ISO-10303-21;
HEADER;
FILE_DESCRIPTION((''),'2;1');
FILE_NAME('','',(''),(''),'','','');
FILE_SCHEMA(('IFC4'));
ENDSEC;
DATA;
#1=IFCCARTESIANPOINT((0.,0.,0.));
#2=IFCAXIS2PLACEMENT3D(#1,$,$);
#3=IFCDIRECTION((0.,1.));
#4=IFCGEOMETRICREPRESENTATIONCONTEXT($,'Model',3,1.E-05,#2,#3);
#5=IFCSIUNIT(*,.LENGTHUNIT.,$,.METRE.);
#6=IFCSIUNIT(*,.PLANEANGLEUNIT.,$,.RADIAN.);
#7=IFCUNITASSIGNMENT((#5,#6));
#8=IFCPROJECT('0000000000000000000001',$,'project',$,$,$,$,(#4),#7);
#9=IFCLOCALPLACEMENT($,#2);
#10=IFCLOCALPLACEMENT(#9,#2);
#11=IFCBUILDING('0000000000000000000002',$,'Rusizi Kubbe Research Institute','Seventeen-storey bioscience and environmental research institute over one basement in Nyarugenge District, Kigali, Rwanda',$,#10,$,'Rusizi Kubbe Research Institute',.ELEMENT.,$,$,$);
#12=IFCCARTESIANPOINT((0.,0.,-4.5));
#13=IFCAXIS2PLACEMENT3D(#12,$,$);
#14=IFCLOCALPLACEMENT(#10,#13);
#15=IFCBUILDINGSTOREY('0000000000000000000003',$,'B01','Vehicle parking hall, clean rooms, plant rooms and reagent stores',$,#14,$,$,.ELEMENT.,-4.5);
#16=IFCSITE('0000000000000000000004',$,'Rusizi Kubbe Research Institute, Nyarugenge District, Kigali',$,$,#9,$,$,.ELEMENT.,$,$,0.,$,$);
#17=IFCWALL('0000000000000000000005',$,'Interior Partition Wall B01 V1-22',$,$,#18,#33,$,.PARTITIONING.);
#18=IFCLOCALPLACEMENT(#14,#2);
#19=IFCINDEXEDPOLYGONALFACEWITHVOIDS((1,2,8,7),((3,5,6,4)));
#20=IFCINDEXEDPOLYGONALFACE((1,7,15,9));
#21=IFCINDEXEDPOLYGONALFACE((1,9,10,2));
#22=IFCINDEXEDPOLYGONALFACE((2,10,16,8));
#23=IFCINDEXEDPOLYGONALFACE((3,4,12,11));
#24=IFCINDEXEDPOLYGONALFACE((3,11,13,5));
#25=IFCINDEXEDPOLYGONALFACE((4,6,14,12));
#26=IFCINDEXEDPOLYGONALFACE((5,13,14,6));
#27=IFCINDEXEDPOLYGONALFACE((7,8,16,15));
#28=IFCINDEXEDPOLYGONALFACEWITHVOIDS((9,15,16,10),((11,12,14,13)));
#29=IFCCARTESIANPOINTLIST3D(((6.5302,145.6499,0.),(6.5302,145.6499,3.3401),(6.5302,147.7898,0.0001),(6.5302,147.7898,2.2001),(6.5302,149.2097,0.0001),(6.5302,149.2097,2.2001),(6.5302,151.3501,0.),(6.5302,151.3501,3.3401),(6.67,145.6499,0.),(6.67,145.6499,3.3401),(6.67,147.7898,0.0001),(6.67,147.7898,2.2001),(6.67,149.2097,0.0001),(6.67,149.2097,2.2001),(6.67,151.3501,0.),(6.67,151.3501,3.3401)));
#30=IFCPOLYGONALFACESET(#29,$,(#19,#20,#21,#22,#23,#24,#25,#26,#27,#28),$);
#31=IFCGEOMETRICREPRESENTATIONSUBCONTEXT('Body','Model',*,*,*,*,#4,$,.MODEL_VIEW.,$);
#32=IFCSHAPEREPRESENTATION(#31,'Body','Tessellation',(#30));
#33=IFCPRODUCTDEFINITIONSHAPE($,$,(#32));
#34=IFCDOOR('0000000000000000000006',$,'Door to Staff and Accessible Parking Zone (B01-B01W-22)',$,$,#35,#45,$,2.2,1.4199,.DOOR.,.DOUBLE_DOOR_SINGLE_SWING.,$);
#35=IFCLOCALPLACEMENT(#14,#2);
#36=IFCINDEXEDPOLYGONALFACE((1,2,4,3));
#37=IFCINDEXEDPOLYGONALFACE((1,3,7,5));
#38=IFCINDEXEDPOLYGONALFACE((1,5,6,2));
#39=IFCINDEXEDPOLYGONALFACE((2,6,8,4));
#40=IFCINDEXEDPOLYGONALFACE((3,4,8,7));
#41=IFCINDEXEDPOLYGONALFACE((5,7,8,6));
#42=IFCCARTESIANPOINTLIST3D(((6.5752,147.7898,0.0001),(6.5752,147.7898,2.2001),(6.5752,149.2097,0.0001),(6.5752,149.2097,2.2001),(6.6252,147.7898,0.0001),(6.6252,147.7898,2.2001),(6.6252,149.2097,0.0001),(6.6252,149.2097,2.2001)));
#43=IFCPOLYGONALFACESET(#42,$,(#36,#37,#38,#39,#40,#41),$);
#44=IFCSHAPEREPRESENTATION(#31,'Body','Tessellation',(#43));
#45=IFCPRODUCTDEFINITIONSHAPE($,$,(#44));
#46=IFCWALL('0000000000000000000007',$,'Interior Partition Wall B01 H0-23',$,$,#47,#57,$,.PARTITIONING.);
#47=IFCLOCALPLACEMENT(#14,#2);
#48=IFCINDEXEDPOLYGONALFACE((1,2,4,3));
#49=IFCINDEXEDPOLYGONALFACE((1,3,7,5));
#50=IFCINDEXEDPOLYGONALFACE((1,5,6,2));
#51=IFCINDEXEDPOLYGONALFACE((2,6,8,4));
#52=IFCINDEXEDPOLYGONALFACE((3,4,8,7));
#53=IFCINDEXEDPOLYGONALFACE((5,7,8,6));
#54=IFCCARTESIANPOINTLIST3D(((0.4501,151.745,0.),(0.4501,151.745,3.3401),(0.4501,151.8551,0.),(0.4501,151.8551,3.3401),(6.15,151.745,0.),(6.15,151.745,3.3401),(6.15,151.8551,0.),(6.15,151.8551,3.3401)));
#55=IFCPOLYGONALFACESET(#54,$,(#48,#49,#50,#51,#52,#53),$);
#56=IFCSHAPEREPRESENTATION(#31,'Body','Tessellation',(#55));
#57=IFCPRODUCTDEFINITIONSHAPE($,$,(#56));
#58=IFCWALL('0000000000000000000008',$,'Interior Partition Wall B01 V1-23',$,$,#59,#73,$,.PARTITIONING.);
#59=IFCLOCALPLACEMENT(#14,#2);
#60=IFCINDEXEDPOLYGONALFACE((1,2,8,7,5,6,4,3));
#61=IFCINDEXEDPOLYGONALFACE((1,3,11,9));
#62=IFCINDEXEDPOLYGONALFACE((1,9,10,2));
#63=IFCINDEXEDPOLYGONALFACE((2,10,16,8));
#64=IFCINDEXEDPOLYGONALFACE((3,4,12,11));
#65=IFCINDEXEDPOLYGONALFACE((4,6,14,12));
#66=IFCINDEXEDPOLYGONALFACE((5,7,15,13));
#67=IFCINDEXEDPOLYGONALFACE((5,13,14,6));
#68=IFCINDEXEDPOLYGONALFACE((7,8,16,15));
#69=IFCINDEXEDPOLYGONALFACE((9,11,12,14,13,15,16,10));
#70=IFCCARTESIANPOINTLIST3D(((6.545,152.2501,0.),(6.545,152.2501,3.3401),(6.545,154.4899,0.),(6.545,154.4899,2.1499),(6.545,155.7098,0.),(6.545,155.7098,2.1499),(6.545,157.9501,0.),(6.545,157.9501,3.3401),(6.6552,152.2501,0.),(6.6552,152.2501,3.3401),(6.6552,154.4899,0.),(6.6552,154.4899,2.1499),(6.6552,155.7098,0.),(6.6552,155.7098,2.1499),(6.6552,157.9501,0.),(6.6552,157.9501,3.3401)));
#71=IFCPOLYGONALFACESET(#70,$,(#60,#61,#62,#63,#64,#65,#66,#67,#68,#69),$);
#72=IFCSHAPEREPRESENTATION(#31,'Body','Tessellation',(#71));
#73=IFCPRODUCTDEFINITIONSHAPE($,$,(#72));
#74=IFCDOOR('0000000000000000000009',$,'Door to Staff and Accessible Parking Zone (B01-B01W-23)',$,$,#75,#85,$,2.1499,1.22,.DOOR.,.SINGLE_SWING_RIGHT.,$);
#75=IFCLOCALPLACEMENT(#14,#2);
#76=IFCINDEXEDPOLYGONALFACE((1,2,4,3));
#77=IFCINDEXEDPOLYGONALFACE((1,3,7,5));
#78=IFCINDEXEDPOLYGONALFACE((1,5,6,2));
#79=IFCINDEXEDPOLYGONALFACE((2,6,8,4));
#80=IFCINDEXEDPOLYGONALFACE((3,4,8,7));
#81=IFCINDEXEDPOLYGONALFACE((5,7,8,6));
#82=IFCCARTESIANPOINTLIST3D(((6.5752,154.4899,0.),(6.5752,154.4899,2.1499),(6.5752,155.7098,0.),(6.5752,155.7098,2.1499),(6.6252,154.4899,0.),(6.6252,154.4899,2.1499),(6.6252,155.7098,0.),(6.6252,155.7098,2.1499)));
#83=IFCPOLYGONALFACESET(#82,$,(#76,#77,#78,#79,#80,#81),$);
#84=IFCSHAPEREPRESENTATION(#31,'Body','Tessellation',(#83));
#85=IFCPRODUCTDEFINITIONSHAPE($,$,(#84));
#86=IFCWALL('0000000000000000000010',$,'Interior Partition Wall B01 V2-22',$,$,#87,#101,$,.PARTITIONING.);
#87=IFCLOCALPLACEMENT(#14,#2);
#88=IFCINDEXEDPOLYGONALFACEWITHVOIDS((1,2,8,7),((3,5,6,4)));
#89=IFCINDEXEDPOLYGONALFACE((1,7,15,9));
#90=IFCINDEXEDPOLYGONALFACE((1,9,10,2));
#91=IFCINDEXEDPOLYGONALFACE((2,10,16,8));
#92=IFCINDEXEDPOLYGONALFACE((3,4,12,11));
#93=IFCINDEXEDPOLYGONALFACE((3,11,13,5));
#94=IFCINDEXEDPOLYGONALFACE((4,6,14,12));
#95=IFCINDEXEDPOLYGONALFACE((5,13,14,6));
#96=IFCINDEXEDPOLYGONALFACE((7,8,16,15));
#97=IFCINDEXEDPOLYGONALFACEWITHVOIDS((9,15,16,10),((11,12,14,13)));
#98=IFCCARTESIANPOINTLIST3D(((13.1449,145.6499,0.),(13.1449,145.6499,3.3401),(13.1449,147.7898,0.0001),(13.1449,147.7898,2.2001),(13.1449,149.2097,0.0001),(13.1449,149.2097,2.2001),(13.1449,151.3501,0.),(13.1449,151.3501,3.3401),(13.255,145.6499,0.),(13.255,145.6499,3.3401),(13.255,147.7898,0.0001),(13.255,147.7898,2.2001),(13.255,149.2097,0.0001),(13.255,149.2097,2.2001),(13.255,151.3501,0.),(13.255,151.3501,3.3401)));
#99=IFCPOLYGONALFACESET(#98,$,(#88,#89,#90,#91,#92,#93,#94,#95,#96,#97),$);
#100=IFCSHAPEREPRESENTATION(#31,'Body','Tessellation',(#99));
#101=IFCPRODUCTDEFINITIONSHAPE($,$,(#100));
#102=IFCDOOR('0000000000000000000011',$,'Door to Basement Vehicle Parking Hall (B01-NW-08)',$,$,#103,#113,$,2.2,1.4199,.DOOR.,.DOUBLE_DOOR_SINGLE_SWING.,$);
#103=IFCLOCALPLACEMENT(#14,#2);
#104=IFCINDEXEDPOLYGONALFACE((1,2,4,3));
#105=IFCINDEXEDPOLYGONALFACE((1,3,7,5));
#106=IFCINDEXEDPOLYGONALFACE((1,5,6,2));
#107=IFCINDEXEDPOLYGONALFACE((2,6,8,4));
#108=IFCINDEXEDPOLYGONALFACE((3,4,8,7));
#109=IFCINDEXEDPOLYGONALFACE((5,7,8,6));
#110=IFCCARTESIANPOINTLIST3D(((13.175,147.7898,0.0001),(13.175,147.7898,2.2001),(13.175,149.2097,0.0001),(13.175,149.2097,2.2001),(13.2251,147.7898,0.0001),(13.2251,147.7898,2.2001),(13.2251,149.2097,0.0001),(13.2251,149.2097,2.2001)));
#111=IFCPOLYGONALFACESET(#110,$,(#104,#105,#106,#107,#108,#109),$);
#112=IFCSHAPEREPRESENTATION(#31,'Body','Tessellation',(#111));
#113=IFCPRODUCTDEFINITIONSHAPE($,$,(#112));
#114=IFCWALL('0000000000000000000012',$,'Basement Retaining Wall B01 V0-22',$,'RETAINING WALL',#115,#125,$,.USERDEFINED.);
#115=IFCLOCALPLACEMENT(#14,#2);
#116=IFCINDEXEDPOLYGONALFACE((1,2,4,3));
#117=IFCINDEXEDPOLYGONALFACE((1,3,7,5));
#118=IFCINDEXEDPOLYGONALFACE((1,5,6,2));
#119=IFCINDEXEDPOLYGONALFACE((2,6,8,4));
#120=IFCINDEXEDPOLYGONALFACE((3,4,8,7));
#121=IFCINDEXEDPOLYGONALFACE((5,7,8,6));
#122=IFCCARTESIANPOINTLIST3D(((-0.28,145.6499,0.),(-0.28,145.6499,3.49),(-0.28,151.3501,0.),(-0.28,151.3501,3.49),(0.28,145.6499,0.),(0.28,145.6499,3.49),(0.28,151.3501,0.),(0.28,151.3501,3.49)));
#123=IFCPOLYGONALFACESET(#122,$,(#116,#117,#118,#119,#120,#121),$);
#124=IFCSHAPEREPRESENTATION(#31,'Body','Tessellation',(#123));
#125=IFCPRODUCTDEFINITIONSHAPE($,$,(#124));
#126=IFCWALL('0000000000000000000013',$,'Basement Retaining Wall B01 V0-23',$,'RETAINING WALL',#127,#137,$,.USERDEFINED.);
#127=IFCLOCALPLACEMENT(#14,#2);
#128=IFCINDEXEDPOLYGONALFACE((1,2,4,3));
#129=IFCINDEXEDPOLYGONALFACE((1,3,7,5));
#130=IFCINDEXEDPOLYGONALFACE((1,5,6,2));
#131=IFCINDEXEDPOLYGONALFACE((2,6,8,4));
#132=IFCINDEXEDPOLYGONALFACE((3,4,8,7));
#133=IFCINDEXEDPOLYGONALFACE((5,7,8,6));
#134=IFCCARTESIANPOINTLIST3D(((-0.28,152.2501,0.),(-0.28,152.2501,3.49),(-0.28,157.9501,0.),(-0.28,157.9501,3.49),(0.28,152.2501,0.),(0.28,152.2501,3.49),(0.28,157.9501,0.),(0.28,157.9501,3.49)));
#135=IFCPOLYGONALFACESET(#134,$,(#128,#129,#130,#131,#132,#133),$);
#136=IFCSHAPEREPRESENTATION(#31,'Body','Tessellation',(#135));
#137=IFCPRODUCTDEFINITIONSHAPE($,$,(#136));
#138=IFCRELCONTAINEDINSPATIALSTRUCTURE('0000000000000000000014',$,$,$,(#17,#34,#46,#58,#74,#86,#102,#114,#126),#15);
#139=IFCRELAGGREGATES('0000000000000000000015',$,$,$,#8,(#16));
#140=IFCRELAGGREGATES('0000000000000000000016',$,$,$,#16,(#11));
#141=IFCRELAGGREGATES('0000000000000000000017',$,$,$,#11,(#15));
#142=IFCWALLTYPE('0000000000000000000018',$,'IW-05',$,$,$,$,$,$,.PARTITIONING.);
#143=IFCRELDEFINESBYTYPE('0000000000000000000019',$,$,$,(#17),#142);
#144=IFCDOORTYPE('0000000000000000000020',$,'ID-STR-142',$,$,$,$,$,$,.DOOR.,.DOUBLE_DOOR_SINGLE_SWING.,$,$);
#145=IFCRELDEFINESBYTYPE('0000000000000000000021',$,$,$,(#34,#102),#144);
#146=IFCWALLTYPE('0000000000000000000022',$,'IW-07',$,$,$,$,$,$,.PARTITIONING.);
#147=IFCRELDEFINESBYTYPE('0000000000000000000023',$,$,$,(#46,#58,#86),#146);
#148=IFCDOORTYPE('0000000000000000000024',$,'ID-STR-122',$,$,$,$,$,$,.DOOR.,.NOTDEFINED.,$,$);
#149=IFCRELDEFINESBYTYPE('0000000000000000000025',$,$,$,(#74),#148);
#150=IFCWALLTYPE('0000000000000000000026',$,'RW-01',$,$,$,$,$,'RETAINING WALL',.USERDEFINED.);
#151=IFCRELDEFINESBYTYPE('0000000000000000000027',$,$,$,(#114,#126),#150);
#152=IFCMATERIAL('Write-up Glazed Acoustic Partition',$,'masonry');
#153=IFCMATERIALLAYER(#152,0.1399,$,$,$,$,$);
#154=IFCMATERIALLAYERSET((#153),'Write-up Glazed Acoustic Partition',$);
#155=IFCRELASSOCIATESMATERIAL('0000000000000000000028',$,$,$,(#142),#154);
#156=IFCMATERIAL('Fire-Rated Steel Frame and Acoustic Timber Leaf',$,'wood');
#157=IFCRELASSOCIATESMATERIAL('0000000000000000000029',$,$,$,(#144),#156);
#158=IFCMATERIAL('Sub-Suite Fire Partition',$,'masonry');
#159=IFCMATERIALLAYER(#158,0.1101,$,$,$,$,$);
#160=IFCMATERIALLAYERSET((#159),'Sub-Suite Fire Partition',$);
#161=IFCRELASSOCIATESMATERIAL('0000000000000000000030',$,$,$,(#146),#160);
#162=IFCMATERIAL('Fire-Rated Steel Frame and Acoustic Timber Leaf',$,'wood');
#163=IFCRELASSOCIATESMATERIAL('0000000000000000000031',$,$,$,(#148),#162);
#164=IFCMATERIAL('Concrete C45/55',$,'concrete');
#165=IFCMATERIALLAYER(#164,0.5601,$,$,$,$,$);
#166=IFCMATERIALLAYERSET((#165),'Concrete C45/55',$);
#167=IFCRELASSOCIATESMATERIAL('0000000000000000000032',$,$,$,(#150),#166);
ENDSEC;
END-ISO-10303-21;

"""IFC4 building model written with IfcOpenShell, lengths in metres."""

from ifc_helpers import new_model, si_unit, direction, frame, frame_2d, origin, place, context, subcontext, project, spatial, rectangle, extrude, material, layer, layer_set, type_object, element, fill, save


model = new_model("IFC4")

# Units and contexts
model_context = context("Model", 3, precision=1e-05, world=origin(), true_north=direction((0.0, 1.0)))
body_context = subcontext(model_context, "Body", "Model", "MODEL_VIEW")
ifc_project = project(units=[si_unit("LENGTHUNIT", "METRE"), si_unit("PLANEANGLEUNIT", "RADIAN")], contexts=[model_context])

# Site, building, storey
site_placement = place(None, origin())
site = spatial("IfcSite", under=ifc_project, at=site_placement, Name="Rusizi Kubbe Research Institute, Nyarugenge District, Kigali", CompositionType="ELEMENT", RefElevation=0.0)
building_placement = place(site_placement, origin())
building = spatial("IfcBuilding", under=site, at=building_placement, Name="Rusizi Kubbe Research Institute", Description="Seventeen-storey bioscience and environmental research institute over one basement in Nyarugenge District, Kigali, Rwanda", LongName="Rusizi Kubbe Research Institute", CompositionType="ELEMENT")
storey_placement = place(building_placement, frame((0.0, 0.0, -4.5)))
storey = spatial("IfcBuildingStorey", under=building, at=storey_placement, Name="B01", Description="Vehicle parking hall, clean rooms, plant rooms and reagent stores", CompositionType="ELEMENT", Elevation=-4.5)

# Shared definitions
ifc_material_1 = material(Name="Write-up Glazed Acoustic Partition", Category="masonry")
ifc_layer_1 = layer(ifc_material_1, 0.1399)
ifc_layer_set_1 = layer_set([ifc_layer_1], Name="Write-up Glazed Acoustic Partition")
wall_type_1 = type_object("IfcWallType", Name="IW-05", PredefinedType="PARTITIONING", material=ifc_layer_set_1)

# Wall, opening, door
wall_1_placement = place(storey_placement, frame((6.6001, 145.6499, 0.0), z_axis=(0.0, 0.0, 1.0), x_axis=(0.0, 1.0, 0.0)))
wall_1 = element("IfcWall", 1, at=wall_1_placement, inside=storey, type_object=wall_type_1, Name="Interior Partition Wall B01 V1-22", PredefinedType="PARTITIONING", context=body_context, shape_type="SweptSolid", body=[
    extrude(rectangle(XDim=5.7002, YDim=0.1399, at=frame_2d((2.8501, 0.0))), origin(), (0.0, 0.0, 1.0), 3.3401),
])
opening_1_placement = place(wall_1_placement, frame((2.1399, 0.0, 0.0)))
opening_1 = element("IfcOpeningElement", 2, at=opening_1_placement, cuts=wall_1, PredefinedType="OPENING", context=body_context, shape_type="SweptSolid", body=[
    extrude(rectangle(XDim=1.4199, YDim=2.2, at=frame_2d((0.71, 1.1001))), frame((0.0, 0.0798, 0.0), z_axis=(0.0, -1.0, 0.0), x_axis=(1.0, 0.0, 0.0)), (0.0, 0.0, 1.0), 0.1599),
])
ifc_material_2 = material(Name="Fire-Rated Steel Frame and Acoustic Timber Leaf", Category="wood")
door_type_1 = type_object("IfcDoorType", Name="ID-STR-142", OperationType="DOUBLE_DOOR_SINGLE_SWING", PredefinedType="DOOR", material=ifc_material_2)
door_1_placement = place(opening_1_placement, origin())
door_1 = element("IfcDoor", 3, at=door_1_placement, inside=storey, type_object=door_type_1, Name="Door to Staff and Accessible Parking Zone (B01-B01W-22)", OperationType="DOUBLE_DOOR_SINGLE_SWING", OverallHeight=2.2, OverallWidth=1.4199, PredefinedType="DOOR", context=body_context, shape_type="SweptSolid", body=[
    extrude(rectangle(XDim=1.4199, YDim=2.2, at=frame_2d((0.71, 1.1001))), frame((0.0, 0.0249, 0.0), z_axis=(0.0, -1.0, 0.0), x_axis=(1.0, 0.0, 0.0)), (0.0, 0.0, 1.0), 0.05),
])
fill(opening_1, door_1)

# Wall
ifc_material_3 = material(Name="Sub-Suite Fire Partition", Category="masonry")
ifc_layer_2 = layer(ifc_material_3, 0.1101)
ifc_layer_set_2 = layer_set([ifc_layer_2], Name="Sub-Suite Fire Partition")
wall_type_2 = type_object("IfcWallType", Name="IW-07", PredefinedType="PARTITIONING", material=ifc_layer_set_2)
wall_2_placement = place(storey_placement, frame((0.45, 151.8, 0.0), z_axis=(0.0, 0.0, 1.0), x_axis=(1.0, 0.0, 0.0)))
element("IfcWall", 4, at=wall_2_placement, inside=storey, type_object=wall_type_2, Name="Interior Partition Wall B01 H0-23", PredefinedType="PARTITIONING", context=body_context, shape_type="SweptSolid", body=[
    extrude(rectangle(XDim=5.7, YDim=0.1101, at=frame_2d((2.8501, 0.0))), origin(), (0.0, 0.0, 1.0), 3.3401),
])

# Walls, openings, doors
wall_3_placement = place(storey_placement, frame((6.6001, 152.25, 0.0), z_axis=(0.0, 0.0, 1.0), x_axis=(0.0, 1.0, 0.0)))
wall_3 = element("IfcWall", 5, at=wall_3_placement, inside=storey, type_object=wall_type_2, Name="Interior Partition Wall B01 V1-23", PredefinedType="PARTITIONING", context=body_context, shape_type="SweptSolid", body=[
    extrude(rectangle(XDim=5.7, YDim=0.1101, at=frame_2d((2.8501, 0.0))), origin(), (0.0, 0.0, 1.0), 3.3401),
])
opening_2_placement = place(wall_3_placement, frame((2.24, 0.0, 0.0)))
opening_2 = element("IfcOpeningElement", 6, at=opening_2_placement, cuts=wall_3, PredefinedType="OPENING", context=body_context, shape_type="SweptSolid", body=[
    extrude(rectangle(XDim=1.22, YDim=2.1499, at=frame_2d((0.6099, 1.075))), frame((0.0, 0.0649, 0.0), z_axis=(0.0, -1.0, 0.0), x_axis=(1.0, 0.0, 0.0)), (0.0, 0.0, 1.0), 0.1301),
])
ifc_material_4 = material(Name="Fire-Rated Steel Frame and Acoustic Timber Leaf", Category="wood")
door_type_2 = type_object("IfcDoorType", Name="ID-STR-122", OperationType="NOTDEFINED", PredefinedType="DOOR", material=ifc_material_4)
door_2_placement = place(opening_2_placement, origin())
door_2 = element("IfcDoor", 7, at=door_2_placement, inside=storey, type_object=door_type_2, Name="Door to Staff and Accessible Parking Zone (B01-B01W-23)", OperationType="SINGLE_SWING_RIGHT", OverallHeight=2.1499, OverallWidth=1.22, PredefinedType="DOOR", context=body_context, shape_type="SweptSolid", body=[
    extrude(rectangle(XDim=1.22, YDim=2.1499, at=frame_2d((0.6099, 1.075))), frame((0.0, 0.0249, 0.0), z_axis=(0.0, -1.0, 0.0), x_axis=(1.0, 0.0, 0.0)), (0.0, 0.0, 1.0), 0.05),
])
fill(opening_2, door_2)
wall_4_placement = place(storey_placement, frame((13.2, 145.6499, 0.0), z_axis=(0.0, 0.0, 1.0), x_axis=(0.0, 1.0, 0.0)))
wall_4 = element("IfcWall", 8, at=wall_4_placement, inside=storey, type_object=wall_type_2, Name="Interior Partition Wall B01 V2-22", PredefinedType="PARTITIONING", context=body_context, shape_type="SweptSolid", body=[
    extrude(rectangle(XDim=5.7002, YDim=0.1101, at=frame_2d((2.8501, 0.0))), origin(), (0.0, 0.0, 1.0), 3.3401),
])
opening_3_placement = place(wall_4_placement, frame((2.1399, 0.0, 0.0)))
opening_3 = element("IfcOpeningElement", 9, at=opening_3_placement, cuts=wall_4, PredefinedType="OPENING", context=body_context, shape_type="SweptSolid", body=[
    extrude(rectangle(XDim=1.4199, YDim=2.2, at=frame_2d((0.71, 1.1001))), frame((0.0, 0.0649, 0.0), z_axis=(0.0, -1.0, 0.0), x_axis=(1.0, 0.0, 0.0)), (0.0, 0.0, 1.0), 0.1301),
])
door_3_placement = place(opening_3_placement, origin())
door_3 = element("IfcDoor", 10, at=door_3_placement, inside=storey, type_object=door_type_1, Name="Door to Basement Vehicle Parking Hall (B01-NW-08)", OperationType="DOUBLE_DOOR_SINGLE_SWING", OverallHeight=2.2, OverallWidth=1.4199, PredefinedType="DOOR", context=body_context, shape_type="SweptSolid", body=[
    extrude(rectangle(XDim=1.4199, YDim=2.2, at=frame_2d((0.71, 1.1001))), frame((0.0, 0.0249, 0.0), z_axis=(0.0, -1.0, 0.0), x_axis=(1.0, 0.0, 0.0)), (0.0, 0.0, 1.0), 0.05),
])
fill(opening_3, door_3)

# Walls
ifc_material_5 = material(Name="Concrete C45/55", Category="concrete")
ifc_layer_3 = layer(ifc_material_5, 0.5601)
ifc_layer_set_3 = layer_set([ifc_layer_3], Name="Concrete C45/55")
wall_type_3 = type_object("IfcWallType", Name="RW-01", ElementType="RETAINING WALL", PredefinedType="USERDEFINED", material=ifc_layer_set_3)
wall_5_placement = place(storey_placement, frame((0.0, 145.6499, 0.0), z_axis=(0.0, 0.0, 1.0), x_axis=(0.0, 1.0, 0.0)))
element("IfcWall", 11, at=wall_5_placement, inside=storey, type_object=wall_type_3, Name="Basement Retaining Wall B01 V0-22", ObjectType="RETAINING WALL", PredefinedType="USERDEFINED", context=body_context, shape_type="SweptSolid", body=[
    extrude(rectangle(XDim=5.7002, YDim=0.5601, at=frame_2d((2.8501, 0.0))), origin(), (0.0, 0.0, 1.0), 3.49),
])
wall_6_placement = place(storey_placement, frame((0.0, 152.25, 0.0), z_axis=(0.0, 0.0, 1.0), x_axis=(0.0, 1.0, 0.0)))
element("IfcWall", 12, at=wall_6_placement, inside=storey, type_object=wall_type_3, Name="Basement Retaining Wall B01 V0-23", ObjectType="RETAINING WALL", PredefinedType="USERDEFINED", context=body_context, shape_type="SweptSolid", body=[
    extrude(rectangle(XDim=5.7, YDim=0.5601, at=frame_2d((2.8501, 0.0))), origin(), (0.0, 0.0, 1.0), 3.49),
])

save(model, "model.ifc")
